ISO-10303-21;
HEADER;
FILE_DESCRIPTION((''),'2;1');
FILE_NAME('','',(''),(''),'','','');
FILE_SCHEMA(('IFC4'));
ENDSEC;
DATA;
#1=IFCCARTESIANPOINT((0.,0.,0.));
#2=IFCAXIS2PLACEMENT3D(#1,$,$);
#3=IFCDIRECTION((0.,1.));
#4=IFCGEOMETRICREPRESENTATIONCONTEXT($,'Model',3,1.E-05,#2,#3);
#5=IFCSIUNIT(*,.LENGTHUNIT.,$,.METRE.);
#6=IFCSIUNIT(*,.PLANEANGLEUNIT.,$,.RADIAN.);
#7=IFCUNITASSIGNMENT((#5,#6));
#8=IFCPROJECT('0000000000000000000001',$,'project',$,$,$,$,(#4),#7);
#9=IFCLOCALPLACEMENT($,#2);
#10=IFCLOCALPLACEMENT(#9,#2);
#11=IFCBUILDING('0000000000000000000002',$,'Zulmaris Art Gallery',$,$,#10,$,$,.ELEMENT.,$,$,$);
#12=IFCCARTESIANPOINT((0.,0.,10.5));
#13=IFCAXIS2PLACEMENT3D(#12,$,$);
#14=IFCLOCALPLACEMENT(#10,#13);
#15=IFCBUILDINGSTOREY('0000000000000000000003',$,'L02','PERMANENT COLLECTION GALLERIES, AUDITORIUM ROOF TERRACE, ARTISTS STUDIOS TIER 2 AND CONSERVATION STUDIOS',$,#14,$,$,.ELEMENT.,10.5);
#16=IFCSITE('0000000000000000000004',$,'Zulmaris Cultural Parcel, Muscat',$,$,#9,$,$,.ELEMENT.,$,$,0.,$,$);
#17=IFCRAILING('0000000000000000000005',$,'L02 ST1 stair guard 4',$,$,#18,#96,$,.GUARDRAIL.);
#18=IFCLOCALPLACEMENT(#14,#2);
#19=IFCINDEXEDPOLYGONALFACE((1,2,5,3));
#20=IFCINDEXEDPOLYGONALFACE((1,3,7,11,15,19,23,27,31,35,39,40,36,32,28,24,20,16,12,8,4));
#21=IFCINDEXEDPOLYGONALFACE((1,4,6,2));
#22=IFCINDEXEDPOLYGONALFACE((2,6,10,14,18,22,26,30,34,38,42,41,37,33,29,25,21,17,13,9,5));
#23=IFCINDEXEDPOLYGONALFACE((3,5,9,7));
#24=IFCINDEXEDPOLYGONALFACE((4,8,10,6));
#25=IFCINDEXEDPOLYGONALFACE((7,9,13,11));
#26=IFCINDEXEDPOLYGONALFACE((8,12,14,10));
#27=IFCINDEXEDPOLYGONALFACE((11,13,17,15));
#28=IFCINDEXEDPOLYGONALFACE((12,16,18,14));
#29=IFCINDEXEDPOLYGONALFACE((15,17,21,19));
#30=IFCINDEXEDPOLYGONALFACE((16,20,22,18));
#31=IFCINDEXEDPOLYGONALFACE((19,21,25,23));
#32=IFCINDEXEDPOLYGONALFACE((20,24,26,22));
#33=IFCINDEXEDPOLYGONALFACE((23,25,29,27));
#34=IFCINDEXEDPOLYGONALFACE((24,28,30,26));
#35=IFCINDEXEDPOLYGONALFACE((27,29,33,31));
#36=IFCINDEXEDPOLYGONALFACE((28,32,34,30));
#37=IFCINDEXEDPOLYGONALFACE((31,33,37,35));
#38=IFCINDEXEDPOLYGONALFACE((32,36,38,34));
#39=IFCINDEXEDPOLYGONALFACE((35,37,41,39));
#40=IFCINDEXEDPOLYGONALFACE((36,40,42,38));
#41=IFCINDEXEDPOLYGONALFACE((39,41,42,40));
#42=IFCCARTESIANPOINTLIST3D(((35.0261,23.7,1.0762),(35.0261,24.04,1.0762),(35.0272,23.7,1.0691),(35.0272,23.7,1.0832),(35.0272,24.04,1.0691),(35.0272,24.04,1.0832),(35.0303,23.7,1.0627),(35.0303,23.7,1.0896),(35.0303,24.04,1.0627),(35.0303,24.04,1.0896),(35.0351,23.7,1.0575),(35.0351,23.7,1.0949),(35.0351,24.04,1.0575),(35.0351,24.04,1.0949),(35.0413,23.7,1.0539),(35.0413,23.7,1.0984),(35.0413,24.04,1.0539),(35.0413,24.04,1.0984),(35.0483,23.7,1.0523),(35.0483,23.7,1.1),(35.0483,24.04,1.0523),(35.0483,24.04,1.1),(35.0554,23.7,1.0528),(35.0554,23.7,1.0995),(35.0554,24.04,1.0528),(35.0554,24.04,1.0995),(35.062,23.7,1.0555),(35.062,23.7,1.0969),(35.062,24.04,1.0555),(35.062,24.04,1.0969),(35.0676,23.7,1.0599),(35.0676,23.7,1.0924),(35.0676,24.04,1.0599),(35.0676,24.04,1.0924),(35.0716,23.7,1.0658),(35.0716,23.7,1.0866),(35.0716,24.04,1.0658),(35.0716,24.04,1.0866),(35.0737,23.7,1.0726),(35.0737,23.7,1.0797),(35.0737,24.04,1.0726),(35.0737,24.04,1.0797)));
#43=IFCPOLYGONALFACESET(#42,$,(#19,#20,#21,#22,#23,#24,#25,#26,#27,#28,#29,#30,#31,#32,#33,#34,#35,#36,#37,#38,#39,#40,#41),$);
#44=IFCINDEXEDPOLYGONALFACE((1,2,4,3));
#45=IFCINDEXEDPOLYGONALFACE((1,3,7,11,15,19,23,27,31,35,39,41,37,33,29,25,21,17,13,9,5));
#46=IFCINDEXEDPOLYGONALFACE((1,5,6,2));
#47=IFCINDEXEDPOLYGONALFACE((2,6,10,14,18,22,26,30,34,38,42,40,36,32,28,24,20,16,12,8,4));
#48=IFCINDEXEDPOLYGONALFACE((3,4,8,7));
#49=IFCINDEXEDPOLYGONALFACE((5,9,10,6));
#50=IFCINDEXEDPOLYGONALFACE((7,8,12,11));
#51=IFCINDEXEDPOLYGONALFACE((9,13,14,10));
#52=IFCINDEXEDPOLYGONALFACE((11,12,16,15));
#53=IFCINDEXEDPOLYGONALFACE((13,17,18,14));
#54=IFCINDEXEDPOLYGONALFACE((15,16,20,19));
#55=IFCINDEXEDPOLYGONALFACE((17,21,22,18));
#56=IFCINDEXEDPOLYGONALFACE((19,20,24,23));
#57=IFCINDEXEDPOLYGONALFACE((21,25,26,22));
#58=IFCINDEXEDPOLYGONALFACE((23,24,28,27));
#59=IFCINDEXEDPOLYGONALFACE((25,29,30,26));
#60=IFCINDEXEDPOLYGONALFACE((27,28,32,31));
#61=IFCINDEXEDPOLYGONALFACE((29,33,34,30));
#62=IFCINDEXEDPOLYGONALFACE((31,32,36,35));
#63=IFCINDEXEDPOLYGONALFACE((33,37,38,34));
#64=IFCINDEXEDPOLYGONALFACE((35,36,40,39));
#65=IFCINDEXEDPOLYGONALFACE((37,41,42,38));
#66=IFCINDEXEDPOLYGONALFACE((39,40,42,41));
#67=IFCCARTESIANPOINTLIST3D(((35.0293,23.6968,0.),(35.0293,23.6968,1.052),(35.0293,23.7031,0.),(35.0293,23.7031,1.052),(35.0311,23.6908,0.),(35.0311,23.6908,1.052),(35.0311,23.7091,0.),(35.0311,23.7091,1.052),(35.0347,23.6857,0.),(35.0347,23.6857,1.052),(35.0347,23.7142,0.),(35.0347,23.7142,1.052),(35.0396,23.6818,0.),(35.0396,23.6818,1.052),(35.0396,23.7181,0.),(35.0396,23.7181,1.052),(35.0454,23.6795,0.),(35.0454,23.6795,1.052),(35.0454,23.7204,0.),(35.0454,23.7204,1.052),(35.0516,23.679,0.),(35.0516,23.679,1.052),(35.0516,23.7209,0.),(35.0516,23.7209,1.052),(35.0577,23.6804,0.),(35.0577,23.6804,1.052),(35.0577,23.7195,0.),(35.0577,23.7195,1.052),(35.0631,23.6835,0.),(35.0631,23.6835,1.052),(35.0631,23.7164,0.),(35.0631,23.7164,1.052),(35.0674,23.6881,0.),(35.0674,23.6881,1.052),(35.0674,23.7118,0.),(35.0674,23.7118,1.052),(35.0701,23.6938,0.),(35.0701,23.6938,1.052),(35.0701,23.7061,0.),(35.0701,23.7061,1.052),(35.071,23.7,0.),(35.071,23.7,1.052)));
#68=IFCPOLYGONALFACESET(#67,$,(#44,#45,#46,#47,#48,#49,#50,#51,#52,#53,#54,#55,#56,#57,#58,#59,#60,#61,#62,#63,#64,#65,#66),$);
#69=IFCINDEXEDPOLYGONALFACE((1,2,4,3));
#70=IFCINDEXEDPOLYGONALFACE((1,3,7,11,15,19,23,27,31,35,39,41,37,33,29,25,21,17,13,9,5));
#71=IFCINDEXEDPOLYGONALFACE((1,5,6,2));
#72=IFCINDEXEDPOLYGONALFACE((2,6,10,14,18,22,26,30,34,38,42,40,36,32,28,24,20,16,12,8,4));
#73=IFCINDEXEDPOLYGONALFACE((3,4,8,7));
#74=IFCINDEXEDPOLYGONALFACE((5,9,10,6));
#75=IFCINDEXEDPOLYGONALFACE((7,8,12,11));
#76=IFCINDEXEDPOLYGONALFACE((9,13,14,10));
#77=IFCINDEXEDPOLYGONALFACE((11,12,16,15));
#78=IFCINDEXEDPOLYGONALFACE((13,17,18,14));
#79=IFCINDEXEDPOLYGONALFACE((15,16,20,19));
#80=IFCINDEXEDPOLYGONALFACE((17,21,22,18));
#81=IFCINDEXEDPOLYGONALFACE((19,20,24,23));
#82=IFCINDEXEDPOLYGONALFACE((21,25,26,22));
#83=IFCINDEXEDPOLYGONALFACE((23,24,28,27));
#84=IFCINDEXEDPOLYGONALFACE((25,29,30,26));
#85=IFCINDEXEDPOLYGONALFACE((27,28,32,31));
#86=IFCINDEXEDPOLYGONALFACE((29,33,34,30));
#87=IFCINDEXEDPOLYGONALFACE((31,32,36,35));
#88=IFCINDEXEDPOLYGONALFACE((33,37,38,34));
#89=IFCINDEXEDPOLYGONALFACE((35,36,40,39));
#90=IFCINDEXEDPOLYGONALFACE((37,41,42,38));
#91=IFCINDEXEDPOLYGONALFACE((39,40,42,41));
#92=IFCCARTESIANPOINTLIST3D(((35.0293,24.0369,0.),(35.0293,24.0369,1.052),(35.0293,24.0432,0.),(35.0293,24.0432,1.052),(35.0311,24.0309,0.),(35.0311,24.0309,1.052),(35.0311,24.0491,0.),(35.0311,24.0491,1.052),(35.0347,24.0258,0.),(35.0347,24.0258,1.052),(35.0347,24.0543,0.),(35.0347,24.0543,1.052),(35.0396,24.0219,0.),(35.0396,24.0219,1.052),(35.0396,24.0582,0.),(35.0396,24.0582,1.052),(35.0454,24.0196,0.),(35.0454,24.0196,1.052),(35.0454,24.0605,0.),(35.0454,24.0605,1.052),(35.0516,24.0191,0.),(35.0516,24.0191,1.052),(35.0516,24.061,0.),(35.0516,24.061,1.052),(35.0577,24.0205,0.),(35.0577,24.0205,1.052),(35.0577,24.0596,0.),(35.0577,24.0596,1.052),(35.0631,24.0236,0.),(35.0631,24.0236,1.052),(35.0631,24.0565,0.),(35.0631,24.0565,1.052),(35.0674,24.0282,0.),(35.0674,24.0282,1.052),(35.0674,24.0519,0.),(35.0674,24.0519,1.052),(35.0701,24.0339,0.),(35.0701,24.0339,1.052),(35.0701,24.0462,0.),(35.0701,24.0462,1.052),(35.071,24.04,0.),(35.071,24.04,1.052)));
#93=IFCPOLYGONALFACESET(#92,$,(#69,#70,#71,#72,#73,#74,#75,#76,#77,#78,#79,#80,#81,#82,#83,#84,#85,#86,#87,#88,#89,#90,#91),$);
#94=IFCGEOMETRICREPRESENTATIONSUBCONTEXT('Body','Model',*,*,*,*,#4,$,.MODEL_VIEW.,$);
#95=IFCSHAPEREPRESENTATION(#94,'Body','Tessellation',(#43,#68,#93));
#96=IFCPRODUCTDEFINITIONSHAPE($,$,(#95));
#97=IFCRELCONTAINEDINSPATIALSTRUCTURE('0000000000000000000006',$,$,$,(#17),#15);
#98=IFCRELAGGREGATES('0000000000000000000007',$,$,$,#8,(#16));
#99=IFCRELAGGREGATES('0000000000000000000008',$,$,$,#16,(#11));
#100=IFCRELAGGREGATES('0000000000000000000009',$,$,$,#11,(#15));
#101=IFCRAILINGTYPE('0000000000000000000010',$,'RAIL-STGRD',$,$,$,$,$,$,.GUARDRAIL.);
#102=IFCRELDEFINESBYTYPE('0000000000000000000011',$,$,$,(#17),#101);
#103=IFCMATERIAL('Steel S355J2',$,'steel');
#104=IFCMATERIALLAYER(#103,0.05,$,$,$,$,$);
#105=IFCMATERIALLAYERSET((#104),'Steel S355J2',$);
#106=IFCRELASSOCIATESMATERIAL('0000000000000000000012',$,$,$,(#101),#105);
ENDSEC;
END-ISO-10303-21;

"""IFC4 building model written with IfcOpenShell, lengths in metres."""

from ifc_helpers import new_model, si_unit, direction, frame, origin, origin_2d, place, context, subcontext, project, spatial, circle, extrude, material, layer, layer_set, type_object, element, save


model = new_model("IFC4")

# Units and contexts
model_context = context("Model", 3, precision=1e-05, world=origin(), true_north=direction((0.0, 1.0)))
body_context = subcontext(model_context, "Body", "Model", "MODEL_VIEW")
ifc_project = project(units=[si_unit("LENGTHUNIT", "METRE"), si_unit("PLANEANGLEUNIT", "RADIAN")], contexts=[model_context])

# Site, building, storey
site_placement = place(None, origin())
site = spatial("IfcSite", under=ifc_project, at=site_placement, Name="Zulmaris Cultural Parcel, Muscat", CompositionType="ELEMENT", RefElevation=0.0)
building_placement = place(site_placement, origin())
building = spatial("IfcBuilding", under=site, at=building_placement, Name="Zulmaris Art Gallery", CompositionType="ELEMENT")
storey_placement = place(building_placement, frame((0.0, 0.0, 10.5)))
storey = spatial("IfcBuildingStorey", under=building, at=storey_placement, Name="L02", Description="PERMANENT COLLECTION GALLERIES, AUDITORIUM ROOF TERRACE, ARTISTS STUDIOS TIER 2 AND CONSERVATION STUDIOS", CompositionType="ELEMENT", Elevation=10.5)

# Shared definitions
ifc_material_1 = material(Name="Steel S355J2", Category="steel")

# Railing
ifc_layer_1 = layer(ifc_material_1, 0.05)
ifc_layer_set_1 = layer_set([ifc_layer_1], Name="Steel S355J2")
railing_type_1 = type_object("IfcRailingType", Name="RAIL-STGRD", PredefinedType="GUARDRAIL", material=ifc_layer_set_1)
railing_1_placement = place(storey_placement, frame((35.05, 23.7, 0.0)))
element("IfcRailing", 1, at=railing_1_placement, inside=storey, type_object=railing_type_1, Name="L02 ST1 stair guard 4", PredefinedType="GUARDRAIL", context=body_context, shape_type="SweptSolid", body=[
    extrude(circle(Radius=0.0239, at=origin_2d()), frame((0.0, 0.0, 1.0762), z_axis=(0.0, 1.0, 0.0), x_axis=(-1.0, 0.0, 0.0)), (0.0, 0.0, 1.0), 0.3401),
    extrude(circle(Radius=0.021, at=origin_2d()), origin(), (0.0, 0.0, 1.0), 1.052),
    extrude(circle(Radius=0.021, at=origin_2d()), frame((0.0, 0.3401, 0.0)), (0.0, 0.0, 1.0), 1.052),
])

save(model, "model.ifc")
